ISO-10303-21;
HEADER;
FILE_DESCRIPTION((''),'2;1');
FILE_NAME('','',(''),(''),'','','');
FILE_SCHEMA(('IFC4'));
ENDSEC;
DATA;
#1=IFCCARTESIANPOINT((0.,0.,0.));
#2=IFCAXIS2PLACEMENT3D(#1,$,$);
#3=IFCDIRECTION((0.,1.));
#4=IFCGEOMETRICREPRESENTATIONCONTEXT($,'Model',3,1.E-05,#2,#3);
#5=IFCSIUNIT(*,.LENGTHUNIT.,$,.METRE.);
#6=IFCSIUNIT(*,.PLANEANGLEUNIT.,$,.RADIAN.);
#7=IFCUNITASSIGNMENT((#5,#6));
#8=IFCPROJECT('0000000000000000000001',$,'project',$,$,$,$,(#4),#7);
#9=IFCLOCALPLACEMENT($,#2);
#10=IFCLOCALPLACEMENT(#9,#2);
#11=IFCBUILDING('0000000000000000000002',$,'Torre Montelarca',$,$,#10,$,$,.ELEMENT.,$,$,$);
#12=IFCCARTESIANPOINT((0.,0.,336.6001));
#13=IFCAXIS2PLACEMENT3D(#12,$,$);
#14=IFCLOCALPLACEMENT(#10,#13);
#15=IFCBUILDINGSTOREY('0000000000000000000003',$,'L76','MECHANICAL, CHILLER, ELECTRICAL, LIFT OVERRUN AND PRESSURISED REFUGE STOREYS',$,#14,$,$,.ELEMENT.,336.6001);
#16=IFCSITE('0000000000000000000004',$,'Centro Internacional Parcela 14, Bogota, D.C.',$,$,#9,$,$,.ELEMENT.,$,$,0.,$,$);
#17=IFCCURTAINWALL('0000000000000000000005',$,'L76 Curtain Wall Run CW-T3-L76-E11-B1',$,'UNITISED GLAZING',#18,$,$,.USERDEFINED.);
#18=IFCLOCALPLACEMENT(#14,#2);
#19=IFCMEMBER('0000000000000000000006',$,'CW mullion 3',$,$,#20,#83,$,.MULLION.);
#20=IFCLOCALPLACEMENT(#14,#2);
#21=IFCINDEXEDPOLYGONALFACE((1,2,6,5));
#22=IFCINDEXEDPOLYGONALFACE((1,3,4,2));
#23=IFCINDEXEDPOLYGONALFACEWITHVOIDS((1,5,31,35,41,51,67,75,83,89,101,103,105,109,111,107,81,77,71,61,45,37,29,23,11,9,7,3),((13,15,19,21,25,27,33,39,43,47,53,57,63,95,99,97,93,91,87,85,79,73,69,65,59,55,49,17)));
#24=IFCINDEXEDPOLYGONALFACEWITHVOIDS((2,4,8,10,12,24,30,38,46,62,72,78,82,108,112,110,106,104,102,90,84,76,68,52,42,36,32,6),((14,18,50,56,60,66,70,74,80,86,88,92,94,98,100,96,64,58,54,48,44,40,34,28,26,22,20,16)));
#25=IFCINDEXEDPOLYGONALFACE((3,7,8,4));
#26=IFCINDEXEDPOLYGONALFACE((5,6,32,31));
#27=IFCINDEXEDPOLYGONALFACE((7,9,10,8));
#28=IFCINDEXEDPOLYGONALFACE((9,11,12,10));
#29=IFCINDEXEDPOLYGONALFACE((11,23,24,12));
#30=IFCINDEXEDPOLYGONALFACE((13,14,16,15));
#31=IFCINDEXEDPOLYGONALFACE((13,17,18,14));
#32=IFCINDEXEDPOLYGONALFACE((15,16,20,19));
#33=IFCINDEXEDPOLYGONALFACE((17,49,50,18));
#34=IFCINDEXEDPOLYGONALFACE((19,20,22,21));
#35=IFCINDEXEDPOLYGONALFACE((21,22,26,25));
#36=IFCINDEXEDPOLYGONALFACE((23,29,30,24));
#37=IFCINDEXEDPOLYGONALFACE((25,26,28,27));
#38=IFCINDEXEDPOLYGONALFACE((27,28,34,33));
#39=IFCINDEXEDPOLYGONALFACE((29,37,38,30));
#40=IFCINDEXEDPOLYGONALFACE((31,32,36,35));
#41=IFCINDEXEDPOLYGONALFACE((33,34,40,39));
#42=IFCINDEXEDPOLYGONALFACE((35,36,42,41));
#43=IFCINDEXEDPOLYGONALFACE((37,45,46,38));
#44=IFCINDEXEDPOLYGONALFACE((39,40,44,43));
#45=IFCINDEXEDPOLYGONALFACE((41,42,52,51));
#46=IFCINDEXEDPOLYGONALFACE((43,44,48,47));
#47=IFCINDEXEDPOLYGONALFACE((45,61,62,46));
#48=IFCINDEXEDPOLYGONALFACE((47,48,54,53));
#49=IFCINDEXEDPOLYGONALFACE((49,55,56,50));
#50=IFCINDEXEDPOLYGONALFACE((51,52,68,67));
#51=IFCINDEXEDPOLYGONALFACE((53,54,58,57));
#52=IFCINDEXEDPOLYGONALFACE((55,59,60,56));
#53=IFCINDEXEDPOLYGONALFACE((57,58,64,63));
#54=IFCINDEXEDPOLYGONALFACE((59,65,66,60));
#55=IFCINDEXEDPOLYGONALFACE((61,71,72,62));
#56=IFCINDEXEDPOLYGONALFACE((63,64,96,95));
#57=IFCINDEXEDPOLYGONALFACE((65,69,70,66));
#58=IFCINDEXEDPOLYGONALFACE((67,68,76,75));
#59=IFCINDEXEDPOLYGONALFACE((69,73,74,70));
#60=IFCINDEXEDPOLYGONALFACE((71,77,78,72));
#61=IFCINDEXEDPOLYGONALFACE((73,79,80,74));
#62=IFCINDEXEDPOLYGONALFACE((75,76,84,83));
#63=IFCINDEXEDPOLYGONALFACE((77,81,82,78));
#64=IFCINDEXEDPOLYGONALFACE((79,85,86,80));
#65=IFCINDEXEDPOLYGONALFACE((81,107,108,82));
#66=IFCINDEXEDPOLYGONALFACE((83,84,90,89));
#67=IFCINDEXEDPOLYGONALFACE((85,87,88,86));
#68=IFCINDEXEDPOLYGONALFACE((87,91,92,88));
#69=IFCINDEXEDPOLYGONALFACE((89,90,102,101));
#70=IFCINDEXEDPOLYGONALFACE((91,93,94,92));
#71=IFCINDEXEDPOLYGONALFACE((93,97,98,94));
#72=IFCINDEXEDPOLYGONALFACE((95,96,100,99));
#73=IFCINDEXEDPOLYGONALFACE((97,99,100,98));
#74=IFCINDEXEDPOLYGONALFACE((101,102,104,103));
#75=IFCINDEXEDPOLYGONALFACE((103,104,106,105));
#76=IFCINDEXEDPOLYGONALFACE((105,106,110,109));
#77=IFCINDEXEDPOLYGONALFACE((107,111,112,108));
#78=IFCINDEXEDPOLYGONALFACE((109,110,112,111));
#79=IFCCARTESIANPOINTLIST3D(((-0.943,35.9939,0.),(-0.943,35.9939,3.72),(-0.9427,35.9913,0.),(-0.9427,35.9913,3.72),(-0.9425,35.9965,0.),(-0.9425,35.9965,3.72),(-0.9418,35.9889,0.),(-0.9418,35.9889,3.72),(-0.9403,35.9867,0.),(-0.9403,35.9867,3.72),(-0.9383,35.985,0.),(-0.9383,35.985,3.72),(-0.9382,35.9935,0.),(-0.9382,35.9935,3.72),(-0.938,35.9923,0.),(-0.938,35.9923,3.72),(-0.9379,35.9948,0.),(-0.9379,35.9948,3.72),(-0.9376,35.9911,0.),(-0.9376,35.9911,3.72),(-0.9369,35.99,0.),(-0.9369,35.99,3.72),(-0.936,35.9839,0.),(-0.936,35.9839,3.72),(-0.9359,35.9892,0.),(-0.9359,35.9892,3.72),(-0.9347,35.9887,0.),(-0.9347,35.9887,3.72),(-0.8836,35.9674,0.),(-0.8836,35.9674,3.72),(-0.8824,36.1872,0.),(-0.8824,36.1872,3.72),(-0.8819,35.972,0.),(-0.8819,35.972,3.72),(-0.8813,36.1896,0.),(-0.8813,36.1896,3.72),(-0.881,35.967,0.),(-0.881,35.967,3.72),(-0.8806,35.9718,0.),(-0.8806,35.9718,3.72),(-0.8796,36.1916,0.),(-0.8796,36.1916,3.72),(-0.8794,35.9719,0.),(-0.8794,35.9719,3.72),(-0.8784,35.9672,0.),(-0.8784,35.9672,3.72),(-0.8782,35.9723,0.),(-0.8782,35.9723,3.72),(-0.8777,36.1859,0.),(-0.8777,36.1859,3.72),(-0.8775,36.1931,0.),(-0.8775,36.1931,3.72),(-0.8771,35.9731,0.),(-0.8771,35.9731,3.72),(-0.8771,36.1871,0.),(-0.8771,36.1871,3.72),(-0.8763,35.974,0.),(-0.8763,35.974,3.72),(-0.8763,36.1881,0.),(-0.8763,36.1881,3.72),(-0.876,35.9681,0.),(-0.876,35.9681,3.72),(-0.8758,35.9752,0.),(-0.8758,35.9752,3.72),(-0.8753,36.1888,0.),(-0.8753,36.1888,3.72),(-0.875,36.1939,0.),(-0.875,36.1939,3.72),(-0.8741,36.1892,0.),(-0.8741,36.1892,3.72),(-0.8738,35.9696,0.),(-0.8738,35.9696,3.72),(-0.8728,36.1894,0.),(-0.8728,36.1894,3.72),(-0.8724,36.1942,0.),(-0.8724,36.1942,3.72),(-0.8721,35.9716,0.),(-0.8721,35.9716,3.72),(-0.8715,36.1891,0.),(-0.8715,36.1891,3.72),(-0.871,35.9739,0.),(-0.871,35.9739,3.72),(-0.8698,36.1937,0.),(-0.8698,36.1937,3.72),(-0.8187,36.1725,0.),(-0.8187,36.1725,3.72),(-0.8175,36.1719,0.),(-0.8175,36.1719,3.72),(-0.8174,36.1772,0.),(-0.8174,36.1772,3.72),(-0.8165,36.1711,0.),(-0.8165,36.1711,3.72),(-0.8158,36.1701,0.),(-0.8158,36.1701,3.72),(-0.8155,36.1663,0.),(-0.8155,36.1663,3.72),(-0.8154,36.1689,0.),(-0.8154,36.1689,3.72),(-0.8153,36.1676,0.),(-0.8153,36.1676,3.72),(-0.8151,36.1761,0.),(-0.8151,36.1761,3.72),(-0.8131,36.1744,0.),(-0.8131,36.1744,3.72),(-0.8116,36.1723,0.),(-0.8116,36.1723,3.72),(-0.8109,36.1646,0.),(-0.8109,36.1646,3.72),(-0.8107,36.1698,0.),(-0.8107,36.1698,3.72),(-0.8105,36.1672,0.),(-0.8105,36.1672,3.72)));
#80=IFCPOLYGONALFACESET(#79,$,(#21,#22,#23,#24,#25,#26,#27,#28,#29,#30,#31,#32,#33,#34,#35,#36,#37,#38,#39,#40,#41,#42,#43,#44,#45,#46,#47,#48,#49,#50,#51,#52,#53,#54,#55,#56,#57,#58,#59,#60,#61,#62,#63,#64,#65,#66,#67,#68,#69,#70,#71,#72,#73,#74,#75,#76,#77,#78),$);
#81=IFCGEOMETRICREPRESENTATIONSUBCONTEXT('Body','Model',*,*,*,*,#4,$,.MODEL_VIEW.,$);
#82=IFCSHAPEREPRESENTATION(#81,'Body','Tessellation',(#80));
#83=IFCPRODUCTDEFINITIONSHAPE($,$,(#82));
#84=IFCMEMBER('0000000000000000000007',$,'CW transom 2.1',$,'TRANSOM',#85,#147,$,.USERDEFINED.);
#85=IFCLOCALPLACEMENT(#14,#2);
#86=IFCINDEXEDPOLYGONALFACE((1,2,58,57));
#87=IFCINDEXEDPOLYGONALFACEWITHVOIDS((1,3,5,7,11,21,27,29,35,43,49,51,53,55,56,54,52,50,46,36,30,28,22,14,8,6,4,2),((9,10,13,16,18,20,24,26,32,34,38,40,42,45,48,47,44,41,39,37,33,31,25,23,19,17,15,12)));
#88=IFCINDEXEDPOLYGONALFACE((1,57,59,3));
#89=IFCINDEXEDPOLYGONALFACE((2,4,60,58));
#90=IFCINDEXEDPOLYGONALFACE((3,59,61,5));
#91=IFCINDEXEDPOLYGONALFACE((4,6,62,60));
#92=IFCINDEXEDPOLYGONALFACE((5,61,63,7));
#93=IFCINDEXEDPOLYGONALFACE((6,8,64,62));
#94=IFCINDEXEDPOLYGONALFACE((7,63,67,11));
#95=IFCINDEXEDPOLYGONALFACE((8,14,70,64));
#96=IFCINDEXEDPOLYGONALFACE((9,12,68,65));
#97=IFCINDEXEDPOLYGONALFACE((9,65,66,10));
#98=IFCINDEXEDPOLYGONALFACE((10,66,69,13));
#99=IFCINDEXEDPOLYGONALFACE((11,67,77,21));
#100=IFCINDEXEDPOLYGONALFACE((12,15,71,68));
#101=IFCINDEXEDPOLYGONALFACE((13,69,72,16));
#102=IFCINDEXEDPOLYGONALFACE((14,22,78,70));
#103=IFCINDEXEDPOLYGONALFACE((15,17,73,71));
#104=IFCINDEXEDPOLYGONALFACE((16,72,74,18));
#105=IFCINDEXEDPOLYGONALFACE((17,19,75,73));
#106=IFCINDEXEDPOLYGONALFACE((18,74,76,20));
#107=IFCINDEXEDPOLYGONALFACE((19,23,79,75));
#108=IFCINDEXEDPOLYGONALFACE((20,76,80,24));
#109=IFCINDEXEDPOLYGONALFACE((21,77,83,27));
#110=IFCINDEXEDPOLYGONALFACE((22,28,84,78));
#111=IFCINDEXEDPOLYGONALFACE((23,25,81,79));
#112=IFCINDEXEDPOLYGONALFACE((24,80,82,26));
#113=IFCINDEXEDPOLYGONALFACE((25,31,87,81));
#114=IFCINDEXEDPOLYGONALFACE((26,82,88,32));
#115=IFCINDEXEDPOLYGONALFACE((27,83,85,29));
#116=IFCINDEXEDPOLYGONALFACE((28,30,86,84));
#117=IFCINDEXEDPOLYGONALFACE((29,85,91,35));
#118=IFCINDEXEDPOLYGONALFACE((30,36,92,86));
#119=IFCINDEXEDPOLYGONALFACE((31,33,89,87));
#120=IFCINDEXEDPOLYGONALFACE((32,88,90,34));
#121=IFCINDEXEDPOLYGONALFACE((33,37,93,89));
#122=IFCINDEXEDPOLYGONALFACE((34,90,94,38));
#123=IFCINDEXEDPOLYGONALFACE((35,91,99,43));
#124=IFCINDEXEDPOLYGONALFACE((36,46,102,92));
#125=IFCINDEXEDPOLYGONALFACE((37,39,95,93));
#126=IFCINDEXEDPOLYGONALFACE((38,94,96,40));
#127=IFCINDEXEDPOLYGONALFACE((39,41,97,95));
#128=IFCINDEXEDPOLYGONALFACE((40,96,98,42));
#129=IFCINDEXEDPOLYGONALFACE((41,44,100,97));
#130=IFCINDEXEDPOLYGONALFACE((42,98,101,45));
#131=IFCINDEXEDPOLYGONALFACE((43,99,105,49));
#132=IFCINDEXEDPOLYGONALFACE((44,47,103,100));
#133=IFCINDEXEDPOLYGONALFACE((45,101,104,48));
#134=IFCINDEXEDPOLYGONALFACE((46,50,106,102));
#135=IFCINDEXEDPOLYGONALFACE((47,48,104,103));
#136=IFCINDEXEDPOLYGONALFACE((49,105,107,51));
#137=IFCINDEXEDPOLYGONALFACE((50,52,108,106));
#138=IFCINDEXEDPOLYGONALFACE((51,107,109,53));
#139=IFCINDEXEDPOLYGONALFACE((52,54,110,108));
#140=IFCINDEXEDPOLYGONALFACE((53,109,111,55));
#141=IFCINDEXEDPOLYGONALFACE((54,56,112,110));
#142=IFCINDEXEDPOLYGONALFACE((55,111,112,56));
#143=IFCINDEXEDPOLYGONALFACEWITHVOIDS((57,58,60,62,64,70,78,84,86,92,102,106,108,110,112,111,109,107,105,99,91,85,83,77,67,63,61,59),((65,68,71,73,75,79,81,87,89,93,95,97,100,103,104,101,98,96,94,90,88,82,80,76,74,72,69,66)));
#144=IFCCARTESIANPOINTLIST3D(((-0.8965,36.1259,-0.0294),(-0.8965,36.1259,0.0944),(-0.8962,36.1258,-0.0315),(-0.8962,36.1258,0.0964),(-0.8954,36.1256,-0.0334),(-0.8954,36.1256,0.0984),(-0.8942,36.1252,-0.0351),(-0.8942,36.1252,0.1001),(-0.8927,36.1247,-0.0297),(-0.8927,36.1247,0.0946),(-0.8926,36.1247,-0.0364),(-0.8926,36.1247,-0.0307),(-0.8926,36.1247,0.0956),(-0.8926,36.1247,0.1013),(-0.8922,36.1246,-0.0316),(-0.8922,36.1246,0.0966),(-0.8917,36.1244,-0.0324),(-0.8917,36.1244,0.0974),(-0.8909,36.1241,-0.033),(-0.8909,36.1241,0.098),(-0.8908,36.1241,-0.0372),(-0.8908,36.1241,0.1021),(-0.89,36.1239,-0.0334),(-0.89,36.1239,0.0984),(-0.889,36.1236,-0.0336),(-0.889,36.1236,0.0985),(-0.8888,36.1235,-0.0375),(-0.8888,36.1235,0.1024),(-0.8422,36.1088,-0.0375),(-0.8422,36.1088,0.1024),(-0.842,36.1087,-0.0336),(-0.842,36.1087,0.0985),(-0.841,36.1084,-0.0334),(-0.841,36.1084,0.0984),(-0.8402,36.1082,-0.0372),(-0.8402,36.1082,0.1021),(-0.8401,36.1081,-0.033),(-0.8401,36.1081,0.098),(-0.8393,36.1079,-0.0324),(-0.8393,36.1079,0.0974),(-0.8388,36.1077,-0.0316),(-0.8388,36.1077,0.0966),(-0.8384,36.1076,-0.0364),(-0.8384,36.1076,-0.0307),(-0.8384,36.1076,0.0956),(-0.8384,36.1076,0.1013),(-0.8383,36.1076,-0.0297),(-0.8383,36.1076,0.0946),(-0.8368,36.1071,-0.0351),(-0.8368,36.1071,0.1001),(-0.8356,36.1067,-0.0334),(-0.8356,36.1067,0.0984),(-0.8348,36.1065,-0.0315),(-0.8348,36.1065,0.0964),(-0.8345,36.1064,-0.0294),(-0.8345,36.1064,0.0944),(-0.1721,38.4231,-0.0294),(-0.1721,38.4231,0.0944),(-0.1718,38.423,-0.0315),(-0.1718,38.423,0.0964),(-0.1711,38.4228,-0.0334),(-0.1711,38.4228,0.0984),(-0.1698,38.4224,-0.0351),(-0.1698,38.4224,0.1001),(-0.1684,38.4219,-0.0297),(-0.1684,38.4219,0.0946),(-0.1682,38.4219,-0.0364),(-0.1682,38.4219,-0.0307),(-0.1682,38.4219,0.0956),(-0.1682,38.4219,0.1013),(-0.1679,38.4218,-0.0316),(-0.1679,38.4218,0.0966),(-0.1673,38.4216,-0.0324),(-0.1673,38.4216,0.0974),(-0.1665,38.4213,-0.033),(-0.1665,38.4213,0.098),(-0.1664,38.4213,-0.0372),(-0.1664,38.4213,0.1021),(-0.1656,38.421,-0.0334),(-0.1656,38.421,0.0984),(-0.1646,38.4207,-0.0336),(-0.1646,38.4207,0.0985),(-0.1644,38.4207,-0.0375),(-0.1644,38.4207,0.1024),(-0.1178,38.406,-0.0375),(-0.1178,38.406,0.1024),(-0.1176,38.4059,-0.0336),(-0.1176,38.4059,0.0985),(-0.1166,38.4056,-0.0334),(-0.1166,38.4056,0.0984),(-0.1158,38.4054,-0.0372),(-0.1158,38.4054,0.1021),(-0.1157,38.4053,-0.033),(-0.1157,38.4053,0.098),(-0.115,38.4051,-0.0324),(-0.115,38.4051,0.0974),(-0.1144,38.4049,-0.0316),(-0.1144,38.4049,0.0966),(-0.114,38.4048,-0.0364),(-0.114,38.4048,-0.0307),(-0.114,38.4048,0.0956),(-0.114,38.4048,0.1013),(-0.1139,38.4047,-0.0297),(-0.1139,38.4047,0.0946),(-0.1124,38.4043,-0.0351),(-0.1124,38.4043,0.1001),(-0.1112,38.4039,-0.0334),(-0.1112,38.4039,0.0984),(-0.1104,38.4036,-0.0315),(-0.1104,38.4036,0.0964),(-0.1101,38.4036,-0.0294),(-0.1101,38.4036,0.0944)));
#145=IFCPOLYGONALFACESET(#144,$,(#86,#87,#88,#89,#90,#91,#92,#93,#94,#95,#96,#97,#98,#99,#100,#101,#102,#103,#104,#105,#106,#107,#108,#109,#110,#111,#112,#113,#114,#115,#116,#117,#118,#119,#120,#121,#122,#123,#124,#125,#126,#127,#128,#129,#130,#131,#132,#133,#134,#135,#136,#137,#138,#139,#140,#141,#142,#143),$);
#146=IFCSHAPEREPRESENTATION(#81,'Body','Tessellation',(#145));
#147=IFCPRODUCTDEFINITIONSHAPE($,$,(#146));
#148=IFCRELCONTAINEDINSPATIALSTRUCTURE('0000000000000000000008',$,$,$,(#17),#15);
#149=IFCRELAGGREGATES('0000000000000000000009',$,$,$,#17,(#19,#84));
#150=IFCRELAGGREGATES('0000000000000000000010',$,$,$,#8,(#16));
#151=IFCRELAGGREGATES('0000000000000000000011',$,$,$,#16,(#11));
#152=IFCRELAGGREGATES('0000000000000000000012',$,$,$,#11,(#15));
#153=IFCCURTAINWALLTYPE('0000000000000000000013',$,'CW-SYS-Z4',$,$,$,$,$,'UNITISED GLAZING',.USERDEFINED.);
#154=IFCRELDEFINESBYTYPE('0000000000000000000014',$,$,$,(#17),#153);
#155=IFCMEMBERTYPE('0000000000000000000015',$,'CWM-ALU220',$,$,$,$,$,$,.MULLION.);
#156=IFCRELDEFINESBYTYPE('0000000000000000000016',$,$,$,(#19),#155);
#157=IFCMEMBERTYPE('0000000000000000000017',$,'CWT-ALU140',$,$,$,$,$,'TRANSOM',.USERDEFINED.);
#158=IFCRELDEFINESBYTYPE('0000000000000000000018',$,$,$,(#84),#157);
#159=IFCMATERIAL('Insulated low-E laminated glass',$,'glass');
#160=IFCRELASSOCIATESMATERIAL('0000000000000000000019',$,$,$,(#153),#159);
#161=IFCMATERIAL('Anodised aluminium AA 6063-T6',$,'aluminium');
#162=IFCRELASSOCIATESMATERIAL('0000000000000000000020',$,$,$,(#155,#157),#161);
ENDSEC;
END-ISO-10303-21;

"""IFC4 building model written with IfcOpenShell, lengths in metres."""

from ifc_helpers import new_model, si_unit, direction, frame, origin, origin_2d, place, context, subcontext, project, spatial, hollow_rectangle, extrude, source, transform, mapped, material, material_profile, profile_set, type_object, element, aggregate, save


model = new_model("IFC4")

# Units and contexts
model_context = context("Model", 3, precision=1e-05, world=origin(), true_north=direction((0.0, 1.0)))
body_context = subcontext(model_context, "Body", "Model", "MODEL_VIEW")
ifc_project = project(units=[si_unit("LENGTHUNIT", "METRE"), si_unit("PLANEANGLEUNIT", "RADIAN")], contexts=[model_context])

# Site, building, storey
site_placement = place(None, origin())
site = spatial("IfcSite", under=ifc_project, at=site_placement, Name="Centro Internacional Parcela 14, Bogota, D.C.", CompositionType="ELEMENT", RefElevation=0.0)
building_placement = place(site_placement, origin())
building = spatial("IfcBuilding", under=site, at=building_placement, Name="Torre Montelarca", CompositionType="ELEMENT")
storey_placement = place(building_placement, frame((0.0, 0.0, 336.6001)))
storey = spatial("IfcBuildingStorey", under=building, at=storey_placement, Name="L76", Description="MECHANICAL, CHILLER, ELECTRICAL, LIFT OVERRUN AND PRESSURISED REFUGE STOREYS", CompositionType="ELEMENT", Elevation=336.6001)

# Shared definitions
ifc_material_1 = material(Name="Insulated low-E laminated glass", Category="glass")
curtain_wall_type = type_object("IfcCurtainWallType", Name="CW-SYS-Z4", ElementType="UNITISED GLAZING", PredefinedType="USERDEFINED", material=ifc_material_1)
ifc_material_2 = material(Name="Anodised aluminium AA 6063-T6", Category="aluminium")
ifc_material_profile_1 = material_profile(ifc_material_2, hollow_rectangle(XDim=0.075, YDim=0.22, WallThickness=0.0049, InnerFilletRadius=0.0049, OuterFilletRadius=0.01, at=origin_2d()), Name="ALU75X220X5", Category="aluminium")
ifc_profile_set_1 = profile_set([ifc_material_profile_1], Name="Anodised aluminium AA 6063-T6")
member_type_1 = type_object("IfcMemberType", Name="CWM-ALU220", PredefinedType="MULLION", material=ifc_profile_set_1)
shared_shape_1 = source(origin(), body_context, "Body", "SweptSolid", [
    extrude(hollow_rectangle(XDim=0.075, YDim=0.22, WallThickness=0.0049, InnerFilletRadius=0.0049, OuterFilletRadius=0.01, at=origin_2d()), origin(), (0.0, 0.0, 1.0), 3.72),
])

# Curtain wall, members
curtain_wall_1_placement = place(storey_placement, origin())
curtain_wall_1 = element("IfcCurtainWall", 1, at=curtain_wall_1_placement, inside=storey, type_object=curtain_wall_type, Name="L76 Curtain Wall Run CW-T3-L76-E11-B1", ObjectType="UNITISED GLAZING", PredefinedType="USERDEFINED")
member_1_placement = place(storey_placement, frame((-0.8767, 36.0806, 0.0), z_axis=(0.0, 0.0, 1.0), x_axis=(0.953721, -0.300693, 0.0)))
member_1 = element("IfcMember", 2, at=member_1_placement, type_object=member_type_1, Name="CW mullion 3", PredefinedType="MULLION", context=body_context, shape_type="MappedRepresentation", body=[
    mapped(shared_shape_1, transform((0.0, 0.0, 0.0), scale=1.0)),
])
ifc_material_profile_2 = material_profile(ifc_material_2, hollow_rectangle(XDim=0.0649, YDim=0.1399, WallThickness=0.0039, InnerFilletRadius=0.0039, OuterFilletRadius=0.0081, at=origin_2d()), Name="ALU65X140X4", Category="aluminium")
ifc_profile_set_2 = profile_set([ifc_material_profile_2], Name="Anodised aluminium AA 6063-T6")
member_type_2 = type_object("IfcMemberType", Name="CWT-ALU140", ElementType="TRANSOM", PredefinedType="USERDEFINED", material=ifc_profile_set_2)
shared_shape_2 = source(origin(), body_context, "Body", "SweptSolid", [
    extrude(hollow_rectangle(XDim=0.0649, YDim=0.1399, WallThickness=0.0039, InnerFilletRadius=0.0039, OuterFilletRadius=0.0081, at=origin_2d()), origin(), (0.0, 0.0, 1.0), 2.4087),
])
member_2_placement = place(storey_placement, frame((-0.1411, 38.4133, 0.0325), z_axis=(-0.300738, -0.953707, 0.0), x_axis=(0.953707, -0.300738, 0.0)))
member_2 = element("IfcMember", 3, at=member_2_placement, type_object=member_type_2, Name="CW transom 2.1", ObjectType="TRANSOM", PredefinedType="USERDEFINED", context=body_context, shape_type="MappedRepresentation", body=[
    mapped(shared_shape_2, transform((0.0, 0.0, 0.0), scale=1.0)),
])

aggregate(curtain_wall_1, [member_1, member_2])

save(model, "model.ifc")
